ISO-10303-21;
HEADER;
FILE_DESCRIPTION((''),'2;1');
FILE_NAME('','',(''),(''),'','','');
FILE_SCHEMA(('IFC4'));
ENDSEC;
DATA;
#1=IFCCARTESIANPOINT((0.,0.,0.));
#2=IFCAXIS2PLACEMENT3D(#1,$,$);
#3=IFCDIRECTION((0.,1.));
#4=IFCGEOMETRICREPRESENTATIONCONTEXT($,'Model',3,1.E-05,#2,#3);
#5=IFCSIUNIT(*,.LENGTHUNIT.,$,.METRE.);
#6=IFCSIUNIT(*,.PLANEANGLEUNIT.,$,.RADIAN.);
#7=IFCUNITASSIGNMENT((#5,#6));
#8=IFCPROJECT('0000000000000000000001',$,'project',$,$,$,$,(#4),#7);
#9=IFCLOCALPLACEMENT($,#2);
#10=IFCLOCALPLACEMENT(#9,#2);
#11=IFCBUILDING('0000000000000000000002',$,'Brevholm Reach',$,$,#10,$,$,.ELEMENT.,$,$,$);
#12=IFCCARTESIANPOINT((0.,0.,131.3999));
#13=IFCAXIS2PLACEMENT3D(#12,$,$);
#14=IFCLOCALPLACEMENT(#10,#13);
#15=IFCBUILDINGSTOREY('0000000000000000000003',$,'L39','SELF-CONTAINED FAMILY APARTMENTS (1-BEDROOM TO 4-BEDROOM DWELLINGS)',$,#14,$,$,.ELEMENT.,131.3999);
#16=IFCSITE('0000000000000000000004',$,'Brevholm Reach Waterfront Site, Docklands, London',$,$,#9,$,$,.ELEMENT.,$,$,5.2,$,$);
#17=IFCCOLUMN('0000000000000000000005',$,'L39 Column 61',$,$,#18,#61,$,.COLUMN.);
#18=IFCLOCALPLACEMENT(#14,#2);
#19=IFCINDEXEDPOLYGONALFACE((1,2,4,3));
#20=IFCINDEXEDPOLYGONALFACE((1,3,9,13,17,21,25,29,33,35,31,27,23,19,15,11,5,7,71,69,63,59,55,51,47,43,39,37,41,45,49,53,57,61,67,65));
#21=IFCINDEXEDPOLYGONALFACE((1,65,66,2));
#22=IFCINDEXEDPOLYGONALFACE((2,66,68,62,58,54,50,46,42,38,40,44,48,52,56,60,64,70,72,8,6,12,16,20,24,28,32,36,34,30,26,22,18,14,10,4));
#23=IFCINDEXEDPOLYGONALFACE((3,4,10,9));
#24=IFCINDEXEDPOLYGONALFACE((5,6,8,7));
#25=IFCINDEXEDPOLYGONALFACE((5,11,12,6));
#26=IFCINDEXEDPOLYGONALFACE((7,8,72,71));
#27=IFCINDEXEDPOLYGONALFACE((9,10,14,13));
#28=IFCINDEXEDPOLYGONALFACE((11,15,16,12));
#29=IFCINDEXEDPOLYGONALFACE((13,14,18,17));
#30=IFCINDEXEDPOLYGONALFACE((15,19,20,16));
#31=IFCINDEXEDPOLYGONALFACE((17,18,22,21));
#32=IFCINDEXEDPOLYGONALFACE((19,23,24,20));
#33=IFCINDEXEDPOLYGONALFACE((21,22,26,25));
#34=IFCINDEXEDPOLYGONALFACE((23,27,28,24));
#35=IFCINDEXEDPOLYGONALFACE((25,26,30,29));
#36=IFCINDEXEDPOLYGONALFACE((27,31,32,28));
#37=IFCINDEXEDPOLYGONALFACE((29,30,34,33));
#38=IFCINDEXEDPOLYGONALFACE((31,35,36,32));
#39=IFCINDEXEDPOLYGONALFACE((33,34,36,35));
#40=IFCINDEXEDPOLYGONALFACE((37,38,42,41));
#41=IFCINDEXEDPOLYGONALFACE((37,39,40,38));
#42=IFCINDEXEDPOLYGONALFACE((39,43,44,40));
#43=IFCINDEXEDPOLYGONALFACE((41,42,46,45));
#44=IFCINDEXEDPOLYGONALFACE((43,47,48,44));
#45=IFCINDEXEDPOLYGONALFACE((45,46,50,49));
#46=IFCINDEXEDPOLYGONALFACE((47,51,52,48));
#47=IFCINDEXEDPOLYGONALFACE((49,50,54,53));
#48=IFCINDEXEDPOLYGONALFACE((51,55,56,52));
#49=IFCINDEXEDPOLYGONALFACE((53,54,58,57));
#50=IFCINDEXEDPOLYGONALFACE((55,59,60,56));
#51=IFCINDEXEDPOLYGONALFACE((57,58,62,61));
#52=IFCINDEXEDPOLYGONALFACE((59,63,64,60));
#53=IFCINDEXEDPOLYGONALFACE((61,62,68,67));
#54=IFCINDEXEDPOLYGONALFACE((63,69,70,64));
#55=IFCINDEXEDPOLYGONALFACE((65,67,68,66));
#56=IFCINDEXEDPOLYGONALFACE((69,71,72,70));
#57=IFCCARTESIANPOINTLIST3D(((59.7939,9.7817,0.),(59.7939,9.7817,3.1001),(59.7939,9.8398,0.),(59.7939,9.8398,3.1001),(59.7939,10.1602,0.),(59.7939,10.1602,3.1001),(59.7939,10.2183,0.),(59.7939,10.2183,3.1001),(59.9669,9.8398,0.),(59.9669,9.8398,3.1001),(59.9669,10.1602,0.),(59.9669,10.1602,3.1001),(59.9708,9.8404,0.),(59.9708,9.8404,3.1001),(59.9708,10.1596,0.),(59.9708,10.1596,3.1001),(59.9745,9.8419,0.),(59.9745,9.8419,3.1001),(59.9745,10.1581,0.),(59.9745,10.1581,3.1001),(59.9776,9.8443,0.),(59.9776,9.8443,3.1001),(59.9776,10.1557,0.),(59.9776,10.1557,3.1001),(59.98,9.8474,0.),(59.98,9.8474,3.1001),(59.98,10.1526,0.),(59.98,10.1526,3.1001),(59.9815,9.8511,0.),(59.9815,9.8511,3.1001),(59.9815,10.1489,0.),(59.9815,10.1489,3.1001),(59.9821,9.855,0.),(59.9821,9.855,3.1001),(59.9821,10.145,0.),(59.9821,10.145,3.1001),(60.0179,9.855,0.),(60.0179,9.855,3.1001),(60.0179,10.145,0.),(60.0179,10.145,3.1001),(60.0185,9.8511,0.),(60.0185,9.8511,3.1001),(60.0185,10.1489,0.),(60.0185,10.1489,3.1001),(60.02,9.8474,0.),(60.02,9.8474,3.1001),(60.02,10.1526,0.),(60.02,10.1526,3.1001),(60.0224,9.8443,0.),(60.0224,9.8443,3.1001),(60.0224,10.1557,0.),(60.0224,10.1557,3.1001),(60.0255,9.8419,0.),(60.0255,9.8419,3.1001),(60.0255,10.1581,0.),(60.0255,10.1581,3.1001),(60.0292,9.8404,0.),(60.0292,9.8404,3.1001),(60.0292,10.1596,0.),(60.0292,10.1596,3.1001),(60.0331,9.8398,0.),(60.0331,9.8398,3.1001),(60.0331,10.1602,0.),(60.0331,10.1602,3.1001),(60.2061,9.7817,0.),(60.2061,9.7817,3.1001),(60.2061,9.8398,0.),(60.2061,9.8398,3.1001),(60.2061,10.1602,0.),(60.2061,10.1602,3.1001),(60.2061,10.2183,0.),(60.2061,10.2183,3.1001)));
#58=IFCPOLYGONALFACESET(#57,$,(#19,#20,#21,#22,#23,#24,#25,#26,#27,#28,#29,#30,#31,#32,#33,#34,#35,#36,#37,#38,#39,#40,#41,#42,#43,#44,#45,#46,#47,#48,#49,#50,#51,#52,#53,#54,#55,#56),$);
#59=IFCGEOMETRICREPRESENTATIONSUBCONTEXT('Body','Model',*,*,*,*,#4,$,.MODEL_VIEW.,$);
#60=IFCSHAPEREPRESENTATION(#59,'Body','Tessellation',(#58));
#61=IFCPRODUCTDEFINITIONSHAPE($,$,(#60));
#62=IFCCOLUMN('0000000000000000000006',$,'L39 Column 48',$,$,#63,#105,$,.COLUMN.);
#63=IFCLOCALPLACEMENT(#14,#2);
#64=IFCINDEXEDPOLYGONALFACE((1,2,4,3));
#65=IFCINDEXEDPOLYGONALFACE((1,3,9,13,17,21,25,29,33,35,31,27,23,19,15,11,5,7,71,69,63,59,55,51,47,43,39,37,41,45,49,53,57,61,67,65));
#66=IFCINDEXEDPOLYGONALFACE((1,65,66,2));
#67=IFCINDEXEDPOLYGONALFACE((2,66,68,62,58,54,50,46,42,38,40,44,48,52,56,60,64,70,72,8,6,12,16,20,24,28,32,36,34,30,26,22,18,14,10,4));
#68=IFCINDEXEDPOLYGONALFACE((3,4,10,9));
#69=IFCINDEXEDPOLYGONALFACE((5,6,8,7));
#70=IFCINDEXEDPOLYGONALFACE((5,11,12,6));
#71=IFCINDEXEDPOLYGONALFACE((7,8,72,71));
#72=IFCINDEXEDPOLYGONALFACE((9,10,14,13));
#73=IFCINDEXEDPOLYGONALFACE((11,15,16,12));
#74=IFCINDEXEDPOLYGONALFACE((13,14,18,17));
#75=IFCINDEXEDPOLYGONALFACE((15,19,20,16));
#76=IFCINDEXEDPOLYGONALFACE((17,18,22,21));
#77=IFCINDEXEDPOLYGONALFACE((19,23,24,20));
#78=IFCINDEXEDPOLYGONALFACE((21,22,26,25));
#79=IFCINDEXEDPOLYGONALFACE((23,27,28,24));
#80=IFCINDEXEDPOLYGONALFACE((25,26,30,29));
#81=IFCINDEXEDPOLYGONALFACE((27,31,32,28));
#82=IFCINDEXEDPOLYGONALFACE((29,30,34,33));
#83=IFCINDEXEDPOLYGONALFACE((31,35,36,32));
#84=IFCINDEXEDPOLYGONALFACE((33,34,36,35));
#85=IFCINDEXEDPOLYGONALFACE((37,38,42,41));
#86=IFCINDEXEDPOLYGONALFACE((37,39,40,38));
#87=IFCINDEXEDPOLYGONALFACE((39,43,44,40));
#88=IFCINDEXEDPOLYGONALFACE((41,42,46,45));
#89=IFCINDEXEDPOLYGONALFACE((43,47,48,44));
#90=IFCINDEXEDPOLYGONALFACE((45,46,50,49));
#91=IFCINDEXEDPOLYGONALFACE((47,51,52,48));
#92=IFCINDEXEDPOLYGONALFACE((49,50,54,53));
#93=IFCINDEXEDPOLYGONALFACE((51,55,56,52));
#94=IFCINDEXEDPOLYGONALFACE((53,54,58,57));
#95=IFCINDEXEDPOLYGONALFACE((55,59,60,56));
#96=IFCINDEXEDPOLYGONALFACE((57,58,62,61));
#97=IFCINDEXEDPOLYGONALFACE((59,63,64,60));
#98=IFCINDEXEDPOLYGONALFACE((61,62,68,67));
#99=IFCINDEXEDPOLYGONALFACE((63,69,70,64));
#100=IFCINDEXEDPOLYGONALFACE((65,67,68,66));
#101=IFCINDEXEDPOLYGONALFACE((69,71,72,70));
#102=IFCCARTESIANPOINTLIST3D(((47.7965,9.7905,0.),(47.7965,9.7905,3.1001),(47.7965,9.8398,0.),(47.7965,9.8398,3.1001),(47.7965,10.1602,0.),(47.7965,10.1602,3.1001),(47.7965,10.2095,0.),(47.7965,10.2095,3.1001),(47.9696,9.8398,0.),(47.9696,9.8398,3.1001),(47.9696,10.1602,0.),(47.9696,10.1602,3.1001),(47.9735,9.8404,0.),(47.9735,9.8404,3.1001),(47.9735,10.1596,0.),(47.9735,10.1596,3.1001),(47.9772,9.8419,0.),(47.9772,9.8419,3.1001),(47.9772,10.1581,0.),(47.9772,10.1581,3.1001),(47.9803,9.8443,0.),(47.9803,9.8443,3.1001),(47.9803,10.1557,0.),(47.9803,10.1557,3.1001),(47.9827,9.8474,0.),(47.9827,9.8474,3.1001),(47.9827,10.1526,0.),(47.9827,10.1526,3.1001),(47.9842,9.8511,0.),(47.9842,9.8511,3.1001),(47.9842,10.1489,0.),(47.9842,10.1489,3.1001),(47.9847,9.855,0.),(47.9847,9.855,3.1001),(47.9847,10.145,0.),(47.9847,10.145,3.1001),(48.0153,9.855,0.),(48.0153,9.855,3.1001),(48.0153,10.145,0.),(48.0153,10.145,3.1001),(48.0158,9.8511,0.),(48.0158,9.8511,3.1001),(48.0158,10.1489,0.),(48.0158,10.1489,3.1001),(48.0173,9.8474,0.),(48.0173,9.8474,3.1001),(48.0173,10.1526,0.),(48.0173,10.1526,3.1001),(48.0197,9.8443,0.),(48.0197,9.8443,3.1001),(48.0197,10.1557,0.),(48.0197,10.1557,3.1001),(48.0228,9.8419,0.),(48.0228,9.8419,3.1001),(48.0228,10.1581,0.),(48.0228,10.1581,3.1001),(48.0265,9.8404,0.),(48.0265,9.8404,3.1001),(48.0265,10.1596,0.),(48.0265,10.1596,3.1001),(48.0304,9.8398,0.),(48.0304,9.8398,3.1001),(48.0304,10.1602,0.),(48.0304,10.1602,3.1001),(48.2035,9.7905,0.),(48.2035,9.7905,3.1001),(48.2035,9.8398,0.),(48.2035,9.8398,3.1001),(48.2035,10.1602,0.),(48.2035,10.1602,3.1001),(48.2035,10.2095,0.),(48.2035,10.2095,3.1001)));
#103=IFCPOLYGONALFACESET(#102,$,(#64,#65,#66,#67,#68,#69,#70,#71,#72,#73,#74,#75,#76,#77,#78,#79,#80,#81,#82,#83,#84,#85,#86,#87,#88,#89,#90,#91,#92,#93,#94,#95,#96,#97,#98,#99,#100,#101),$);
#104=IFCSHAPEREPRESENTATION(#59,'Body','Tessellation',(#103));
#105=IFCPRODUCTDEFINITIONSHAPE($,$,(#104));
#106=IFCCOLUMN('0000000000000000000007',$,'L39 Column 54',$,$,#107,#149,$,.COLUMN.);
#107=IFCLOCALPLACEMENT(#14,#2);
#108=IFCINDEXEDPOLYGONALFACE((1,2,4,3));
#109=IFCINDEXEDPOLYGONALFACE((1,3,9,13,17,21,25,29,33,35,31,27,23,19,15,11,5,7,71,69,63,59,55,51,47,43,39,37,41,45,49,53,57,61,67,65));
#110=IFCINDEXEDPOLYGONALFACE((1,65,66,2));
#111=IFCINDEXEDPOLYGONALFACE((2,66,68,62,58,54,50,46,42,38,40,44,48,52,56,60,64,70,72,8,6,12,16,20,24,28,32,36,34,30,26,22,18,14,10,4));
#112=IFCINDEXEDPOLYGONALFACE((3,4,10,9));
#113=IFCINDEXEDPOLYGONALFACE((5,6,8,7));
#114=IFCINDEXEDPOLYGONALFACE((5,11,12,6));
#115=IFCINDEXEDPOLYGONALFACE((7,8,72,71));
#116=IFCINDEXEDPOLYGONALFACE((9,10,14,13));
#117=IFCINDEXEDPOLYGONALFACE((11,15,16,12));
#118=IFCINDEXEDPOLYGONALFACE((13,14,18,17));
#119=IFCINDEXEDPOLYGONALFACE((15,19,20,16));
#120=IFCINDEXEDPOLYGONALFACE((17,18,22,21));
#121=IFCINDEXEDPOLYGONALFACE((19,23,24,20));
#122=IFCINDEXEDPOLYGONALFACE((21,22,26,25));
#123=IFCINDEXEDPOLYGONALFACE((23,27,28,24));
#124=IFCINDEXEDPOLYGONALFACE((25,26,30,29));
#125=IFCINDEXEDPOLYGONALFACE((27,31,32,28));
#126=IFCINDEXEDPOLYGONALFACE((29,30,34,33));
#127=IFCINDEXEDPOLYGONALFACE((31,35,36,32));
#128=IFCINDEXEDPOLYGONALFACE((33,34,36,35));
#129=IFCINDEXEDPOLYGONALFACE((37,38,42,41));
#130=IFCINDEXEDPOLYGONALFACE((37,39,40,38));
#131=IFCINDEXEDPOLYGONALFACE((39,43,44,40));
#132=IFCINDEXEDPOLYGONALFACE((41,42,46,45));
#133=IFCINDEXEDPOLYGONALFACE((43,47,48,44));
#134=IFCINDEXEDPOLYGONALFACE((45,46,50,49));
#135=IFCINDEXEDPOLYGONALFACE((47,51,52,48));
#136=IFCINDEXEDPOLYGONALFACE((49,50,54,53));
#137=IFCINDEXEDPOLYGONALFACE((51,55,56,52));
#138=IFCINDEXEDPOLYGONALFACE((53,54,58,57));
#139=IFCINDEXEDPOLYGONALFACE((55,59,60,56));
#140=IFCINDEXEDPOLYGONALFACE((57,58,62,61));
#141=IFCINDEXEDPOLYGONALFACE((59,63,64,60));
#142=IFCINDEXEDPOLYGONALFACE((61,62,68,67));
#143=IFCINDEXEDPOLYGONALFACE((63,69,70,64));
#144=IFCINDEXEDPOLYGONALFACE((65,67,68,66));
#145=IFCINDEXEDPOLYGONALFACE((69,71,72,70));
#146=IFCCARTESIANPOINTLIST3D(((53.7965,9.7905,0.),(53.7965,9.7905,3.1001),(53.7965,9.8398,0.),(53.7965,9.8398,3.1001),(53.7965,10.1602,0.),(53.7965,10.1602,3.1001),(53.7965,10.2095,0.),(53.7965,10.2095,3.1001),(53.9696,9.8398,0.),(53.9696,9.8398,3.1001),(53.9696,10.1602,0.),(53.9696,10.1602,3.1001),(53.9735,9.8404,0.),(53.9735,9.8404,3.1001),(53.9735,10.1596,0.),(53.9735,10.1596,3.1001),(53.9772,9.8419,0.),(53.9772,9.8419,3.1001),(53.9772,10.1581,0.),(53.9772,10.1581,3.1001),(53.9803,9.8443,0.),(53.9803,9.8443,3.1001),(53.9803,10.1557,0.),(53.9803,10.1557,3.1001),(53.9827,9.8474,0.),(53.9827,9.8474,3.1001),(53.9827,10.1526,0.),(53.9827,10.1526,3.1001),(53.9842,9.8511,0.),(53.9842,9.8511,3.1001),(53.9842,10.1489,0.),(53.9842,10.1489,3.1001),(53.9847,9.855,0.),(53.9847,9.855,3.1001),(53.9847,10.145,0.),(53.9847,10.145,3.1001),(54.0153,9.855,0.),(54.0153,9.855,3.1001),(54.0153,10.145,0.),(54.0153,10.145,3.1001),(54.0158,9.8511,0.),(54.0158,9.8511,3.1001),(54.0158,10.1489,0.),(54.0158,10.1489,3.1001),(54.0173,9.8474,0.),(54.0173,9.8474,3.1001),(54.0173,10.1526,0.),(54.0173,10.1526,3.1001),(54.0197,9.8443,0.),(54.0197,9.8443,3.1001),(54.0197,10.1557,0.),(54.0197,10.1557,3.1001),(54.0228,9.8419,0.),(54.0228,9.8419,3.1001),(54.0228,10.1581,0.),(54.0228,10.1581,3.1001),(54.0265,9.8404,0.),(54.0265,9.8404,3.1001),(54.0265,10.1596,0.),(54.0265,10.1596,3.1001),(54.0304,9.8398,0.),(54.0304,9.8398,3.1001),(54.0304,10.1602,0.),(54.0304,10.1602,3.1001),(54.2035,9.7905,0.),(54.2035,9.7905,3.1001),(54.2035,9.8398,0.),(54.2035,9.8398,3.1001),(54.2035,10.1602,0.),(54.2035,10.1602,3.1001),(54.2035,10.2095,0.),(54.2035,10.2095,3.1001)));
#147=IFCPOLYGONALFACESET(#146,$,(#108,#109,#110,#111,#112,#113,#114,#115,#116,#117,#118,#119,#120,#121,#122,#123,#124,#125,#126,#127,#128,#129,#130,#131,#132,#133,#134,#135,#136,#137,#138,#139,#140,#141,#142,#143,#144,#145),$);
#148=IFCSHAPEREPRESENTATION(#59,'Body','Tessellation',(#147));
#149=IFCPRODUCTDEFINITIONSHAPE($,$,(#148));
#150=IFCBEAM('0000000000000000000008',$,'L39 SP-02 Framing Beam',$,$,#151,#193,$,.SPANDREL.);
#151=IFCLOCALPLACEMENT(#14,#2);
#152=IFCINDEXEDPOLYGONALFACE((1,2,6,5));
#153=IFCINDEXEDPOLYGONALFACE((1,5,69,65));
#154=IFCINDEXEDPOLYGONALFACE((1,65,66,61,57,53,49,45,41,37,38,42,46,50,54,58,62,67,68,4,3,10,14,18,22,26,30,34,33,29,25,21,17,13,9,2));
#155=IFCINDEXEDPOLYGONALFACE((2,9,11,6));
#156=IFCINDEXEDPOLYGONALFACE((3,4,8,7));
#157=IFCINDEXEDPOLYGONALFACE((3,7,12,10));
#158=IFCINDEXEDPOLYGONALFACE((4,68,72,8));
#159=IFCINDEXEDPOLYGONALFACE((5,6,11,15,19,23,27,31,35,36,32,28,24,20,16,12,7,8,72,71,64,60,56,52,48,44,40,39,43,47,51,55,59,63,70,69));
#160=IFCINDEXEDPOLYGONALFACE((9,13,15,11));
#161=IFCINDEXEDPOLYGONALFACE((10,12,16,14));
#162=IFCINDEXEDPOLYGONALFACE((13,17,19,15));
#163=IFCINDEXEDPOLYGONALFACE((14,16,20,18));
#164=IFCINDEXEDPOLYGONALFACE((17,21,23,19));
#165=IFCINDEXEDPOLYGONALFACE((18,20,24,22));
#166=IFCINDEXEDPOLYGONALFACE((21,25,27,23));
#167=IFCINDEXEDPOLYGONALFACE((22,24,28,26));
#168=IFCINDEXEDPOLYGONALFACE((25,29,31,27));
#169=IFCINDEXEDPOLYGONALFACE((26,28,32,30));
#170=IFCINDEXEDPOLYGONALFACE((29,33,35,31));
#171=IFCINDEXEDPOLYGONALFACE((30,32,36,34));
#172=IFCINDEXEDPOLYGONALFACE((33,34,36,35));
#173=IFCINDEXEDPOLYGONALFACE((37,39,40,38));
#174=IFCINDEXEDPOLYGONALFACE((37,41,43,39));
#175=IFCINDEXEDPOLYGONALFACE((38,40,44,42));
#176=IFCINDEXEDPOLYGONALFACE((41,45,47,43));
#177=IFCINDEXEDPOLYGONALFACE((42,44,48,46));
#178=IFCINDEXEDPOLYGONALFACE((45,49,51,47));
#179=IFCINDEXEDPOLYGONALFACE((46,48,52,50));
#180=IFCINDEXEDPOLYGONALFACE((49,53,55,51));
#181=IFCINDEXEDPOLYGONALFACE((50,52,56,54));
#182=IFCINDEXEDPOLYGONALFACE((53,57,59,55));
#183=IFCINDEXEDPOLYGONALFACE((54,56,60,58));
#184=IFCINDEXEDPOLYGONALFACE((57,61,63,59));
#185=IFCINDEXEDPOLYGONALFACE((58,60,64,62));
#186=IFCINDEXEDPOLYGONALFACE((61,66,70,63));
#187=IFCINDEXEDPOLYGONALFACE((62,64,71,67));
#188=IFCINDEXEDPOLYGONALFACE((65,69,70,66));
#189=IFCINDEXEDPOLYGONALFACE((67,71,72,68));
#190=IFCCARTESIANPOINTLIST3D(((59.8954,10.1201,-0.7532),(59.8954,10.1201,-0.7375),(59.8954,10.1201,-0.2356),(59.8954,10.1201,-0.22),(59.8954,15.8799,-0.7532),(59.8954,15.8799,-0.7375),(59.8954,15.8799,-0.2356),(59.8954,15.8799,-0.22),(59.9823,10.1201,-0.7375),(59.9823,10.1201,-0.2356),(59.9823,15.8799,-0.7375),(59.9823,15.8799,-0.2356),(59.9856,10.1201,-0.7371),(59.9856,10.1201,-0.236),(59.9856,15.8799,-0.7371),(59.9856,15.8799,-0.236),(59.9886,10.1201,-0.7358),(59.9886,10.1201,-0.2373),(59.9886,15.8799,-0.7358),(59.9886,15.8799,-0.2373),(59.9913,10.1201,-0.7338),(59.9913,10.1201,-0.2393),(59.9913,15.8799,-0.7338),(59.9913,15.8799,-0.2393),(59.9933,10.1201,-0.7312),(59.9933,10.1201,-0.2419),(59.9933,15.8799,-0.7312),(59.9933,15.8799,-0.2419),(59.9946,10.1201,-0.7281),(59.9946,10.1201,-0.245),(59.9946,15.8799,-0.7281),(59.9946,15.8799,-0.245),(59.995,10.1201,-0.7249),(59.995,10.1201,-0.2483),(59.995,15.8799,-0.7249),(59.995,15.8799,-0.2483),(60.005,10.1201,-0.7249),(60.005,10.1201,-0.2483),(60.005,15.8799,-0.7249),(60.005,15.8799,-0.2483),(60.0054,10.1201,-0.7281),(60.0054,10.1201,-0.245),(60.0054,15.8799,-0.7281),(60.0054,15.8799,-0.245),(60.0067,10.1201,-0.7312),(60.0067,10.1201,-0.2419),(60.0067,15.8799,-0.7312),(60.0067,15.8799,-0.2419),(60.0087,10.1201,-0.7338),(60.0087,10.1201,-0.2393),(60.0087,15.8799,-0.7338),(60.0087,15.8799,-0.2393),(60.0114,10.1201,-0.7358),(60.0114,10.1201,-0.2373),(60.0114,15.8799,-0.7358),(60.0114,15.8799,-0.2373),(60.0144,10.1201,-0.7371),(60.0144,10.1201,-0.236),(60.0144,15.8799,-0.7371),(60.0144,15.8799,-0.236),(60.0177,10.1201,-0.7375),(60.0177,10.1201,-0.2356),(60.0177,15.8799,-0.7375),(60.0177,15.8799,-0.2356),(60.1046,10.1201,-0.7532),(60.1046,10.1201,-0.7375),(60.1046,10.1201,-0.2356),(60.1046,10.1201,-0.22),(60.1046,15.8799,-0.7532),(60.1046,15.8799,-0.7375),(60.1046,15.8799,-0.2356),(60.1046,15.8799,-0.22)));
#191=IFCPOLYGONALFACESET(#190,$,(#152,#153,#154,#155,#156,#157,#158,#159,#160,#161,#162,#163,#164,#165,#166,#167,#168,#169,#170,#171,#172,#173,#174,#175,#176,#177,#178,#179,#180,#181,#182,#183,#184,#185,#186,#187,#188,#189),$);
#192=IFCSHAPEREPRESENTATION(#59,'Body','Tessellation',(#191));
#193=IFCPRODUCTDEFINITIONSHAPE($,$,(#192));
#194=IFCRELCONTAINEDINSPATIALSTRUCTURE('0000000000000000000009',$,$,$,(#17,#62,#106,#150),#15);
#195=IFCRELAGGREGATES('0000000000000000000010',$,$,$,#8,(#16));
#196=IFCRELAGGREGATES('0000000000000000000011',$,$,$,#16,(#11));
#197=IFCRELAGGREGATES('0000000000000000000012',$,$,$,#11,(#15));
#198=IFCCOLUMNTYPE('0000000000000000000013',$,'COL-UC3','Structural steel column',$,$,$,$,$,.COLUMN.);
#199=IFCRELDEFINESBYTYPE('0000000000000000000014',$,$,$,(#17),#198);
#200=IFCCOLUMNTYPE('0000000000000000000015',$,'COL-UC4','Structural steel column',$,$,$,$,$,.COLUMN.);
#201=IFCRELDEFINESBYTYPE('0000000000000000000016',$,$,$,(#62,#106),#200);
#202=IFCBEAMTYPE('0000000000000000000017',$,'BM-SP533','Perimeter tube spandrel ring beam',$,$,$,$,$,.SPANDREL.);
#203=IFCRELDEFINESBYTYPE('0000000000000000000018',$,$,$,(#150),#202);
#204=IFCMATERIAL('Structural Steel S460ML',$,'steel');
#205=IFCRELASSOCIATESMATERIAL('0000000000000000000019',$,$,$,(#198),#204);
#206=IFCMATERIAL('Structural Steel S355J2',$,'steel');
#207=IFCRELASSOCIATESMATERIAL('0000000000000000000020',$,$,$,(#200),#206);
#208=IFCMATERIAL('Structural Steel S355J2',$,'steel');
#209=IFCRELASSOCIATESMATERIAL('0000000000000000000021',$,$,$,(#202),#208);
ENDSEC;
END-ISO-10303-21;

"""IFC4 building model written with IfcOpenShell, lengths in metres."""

from ifc_helpers import new_model, si_unit, direction, frame, origin, origin_2d, place, context, subcontext, project, spatial, i_section, extrude, material, material_profile, profile_set, type_object, element, save


model = new_model("IFC4")

# Units and contexts
model_context = context("Model", 3, precision=1e-05, world=origin(), true_north=direction((0.0, 1.0)))
body_context = subcontext(model_context, "Body", "Model", "MODEL_VIEW")
ifc_project = project(units=[si_unit("LENGTHUNIT", "METRE"), si_unit("PLANEANGLEUNIT", "RADIAN")], contexts=[model_context])

# Site, building, storey
site_placement = place(None, origin())
site = spatial("IfcSite", under=ifc_project, at=site_placement, Name="Brevholm Reach Waterfront Site, Docklands, London", CompositionType="ELEMENT", RefElevation=5.2)
building_placement = place(site_placement, origin())
building = spatial("IfcBuilding", under=site, at=building_placement, Name="Brevholm Reach", CompositionType="ELEMENT")
storey_placement = place(building_placement, frame((0.0, 0.0, 131.3999)))
storey = spatial("IfcBuildingStorey", under=building, at=storey_placement, Name="L39", Description="SELF-CONTAINED FAMILY APARTMENTS (1-BEDROOM TO 4-BEDROOM DWELLINGS)", CompositionType="ELEMENT", Elevation=131.3999)

# Columns
ifc_material_1 = material(Name="Structural Steel S460ML", Category="steel")
ifc_material_profile_1 = material_profile(ifc_material_1, i_section(OverallWidth=0.4121, OverallDepth=0.4365, WebThickness=0.0359, FlangeThickness=0.0581, FilletRadius=0.0151, at=origin_2d()), Name="UKC 356x406x467")
ifc_profile_set_1 = profile_set([ifc_material_profile_1], Name="Structural Steel S460ML")
column_type_1 = type_object("IfcColumnType", Name="COL-UC3", Description="Structural steel column", PredefinedType="COLUMN", material=ifc_profile_set_1)
column_placement = place(storey_placement, frame((60.0, 10.0, 0.0), z_axis=(0.0, 0.0, 1.0), x_axis=(1.0, 0.0, 0.0)))
element("IfcColumn", 1, at=column_placement, inside=storey, type_object=column_type_1, Name="L39 Column 61", PredefinedType="COLUMN", context=body_context, shape_type="SweptSolid", body=[
    extrude(i_section(OverallWidth=0.4121, OverallDepth=0.4365, WebThickness=0.0359, FlangeThickness=0.0581, FilletRadius=0.0151, at=origin_2d()), origin(), (0.0, 0.0, 1.0), 3.1001),
])
ifc_material_2 = material(Name="Structural Steel S355J2", Category="steel")
ifc_material_profile_2 = material_profile(ifc_material_2, i_section(OverallWidth=0.407, OverallDepth=0.4189, WebThickness=0.0305, FlangeThickness=0.0493, FilletRadius=0.0151, at=origin_2d()), Name="UKC 356x406x393")
ifc_profile_set_2 = profile_set([ifc_material_profile_2], Name="Structural Steel S355J2")
column_type_2 = type_object("IfcColumnType", Name="COL-UC4", Description="Structural steel column", PredefinedType="COLUMN", material=ifc_profile_set_2)
for number, where, z_axis, x_axis, name in (
    (2, (48.0, 10.0, 0.0), (0.0, 0.0, 1.0), (1.0, 0.0, 0.0), "L39 Column 48"),
    (3, (54.0, 10.0, 0.0), (0.0, 0.0, 1.0), (1.0, 0.0, 0.0), "L39 Column 54"),
):
    element("IfcColumn", number, at=place(storey_placement, frame(where, z_axis=z_axis, x_axis=x_axis)), inside=storey, type_object=column_type_2, Name=name, PredefinedType="COLUMN", context=body_context, shape_type="SweptSolid", body=[
        extrude(i_section(OverallWidth=0.407, OverallDepth=0.4189, WebThickness=0.0305, FlangeThickness=0.0493, FilletRadius=0.0151, at=origin_2d()), origin(), (0.0, 0.0, 1.0), 3.1001),
    ])

# Beam
ifc_material_3 = material(Name="Structural Steel S355J2", Category="steel")
ifc_material_profile_3 = material_profile(ifc_material_3, i_section(OverallWidth=0.2092, OverallDepth=0.5332, WebThickness=0.01, FlangeThickness=0.0156, FilletRadius=0.0127, at=origin_2d()), Name="UKB 533x210x92")
ifc_profile_set_3 = profile_set([ifc_material_profile_3], Name="Structural Steel S355J2")
beam_type_1 = type_object("IfcBeamType", Name="BM-SP533", Description="Perimeter tube spandrel ring beam", PredefinedType="SPANDREL", material=ifc_profile_set_3)
beam_placement = place(storey_placement, frame((60.0, 10.1201, -0.4866), z_axis=(0.0, 1.0, 0.0), x_axis=(-1.0, 0.0, 0.0)))
element("IfcBeam", 4, at=beam_placement, inside=storey, type_object=beam_type_1, Name="L39 SP-02 Framing Beam", PredefinedType="SPANDREL", context=body_context, shape_type="SweptSolid", body=[
    extrude(i_section(OverallWidth=0.2092, OverallDepth=0.5332, WebThickness=0.01, FlangeThickness=0.0156, FilletRadius=0.0127, at=origin_2d()), origin(), (0.0, 0.0, 1.0), 5.7598),
])

save(model, "model.ifc")
